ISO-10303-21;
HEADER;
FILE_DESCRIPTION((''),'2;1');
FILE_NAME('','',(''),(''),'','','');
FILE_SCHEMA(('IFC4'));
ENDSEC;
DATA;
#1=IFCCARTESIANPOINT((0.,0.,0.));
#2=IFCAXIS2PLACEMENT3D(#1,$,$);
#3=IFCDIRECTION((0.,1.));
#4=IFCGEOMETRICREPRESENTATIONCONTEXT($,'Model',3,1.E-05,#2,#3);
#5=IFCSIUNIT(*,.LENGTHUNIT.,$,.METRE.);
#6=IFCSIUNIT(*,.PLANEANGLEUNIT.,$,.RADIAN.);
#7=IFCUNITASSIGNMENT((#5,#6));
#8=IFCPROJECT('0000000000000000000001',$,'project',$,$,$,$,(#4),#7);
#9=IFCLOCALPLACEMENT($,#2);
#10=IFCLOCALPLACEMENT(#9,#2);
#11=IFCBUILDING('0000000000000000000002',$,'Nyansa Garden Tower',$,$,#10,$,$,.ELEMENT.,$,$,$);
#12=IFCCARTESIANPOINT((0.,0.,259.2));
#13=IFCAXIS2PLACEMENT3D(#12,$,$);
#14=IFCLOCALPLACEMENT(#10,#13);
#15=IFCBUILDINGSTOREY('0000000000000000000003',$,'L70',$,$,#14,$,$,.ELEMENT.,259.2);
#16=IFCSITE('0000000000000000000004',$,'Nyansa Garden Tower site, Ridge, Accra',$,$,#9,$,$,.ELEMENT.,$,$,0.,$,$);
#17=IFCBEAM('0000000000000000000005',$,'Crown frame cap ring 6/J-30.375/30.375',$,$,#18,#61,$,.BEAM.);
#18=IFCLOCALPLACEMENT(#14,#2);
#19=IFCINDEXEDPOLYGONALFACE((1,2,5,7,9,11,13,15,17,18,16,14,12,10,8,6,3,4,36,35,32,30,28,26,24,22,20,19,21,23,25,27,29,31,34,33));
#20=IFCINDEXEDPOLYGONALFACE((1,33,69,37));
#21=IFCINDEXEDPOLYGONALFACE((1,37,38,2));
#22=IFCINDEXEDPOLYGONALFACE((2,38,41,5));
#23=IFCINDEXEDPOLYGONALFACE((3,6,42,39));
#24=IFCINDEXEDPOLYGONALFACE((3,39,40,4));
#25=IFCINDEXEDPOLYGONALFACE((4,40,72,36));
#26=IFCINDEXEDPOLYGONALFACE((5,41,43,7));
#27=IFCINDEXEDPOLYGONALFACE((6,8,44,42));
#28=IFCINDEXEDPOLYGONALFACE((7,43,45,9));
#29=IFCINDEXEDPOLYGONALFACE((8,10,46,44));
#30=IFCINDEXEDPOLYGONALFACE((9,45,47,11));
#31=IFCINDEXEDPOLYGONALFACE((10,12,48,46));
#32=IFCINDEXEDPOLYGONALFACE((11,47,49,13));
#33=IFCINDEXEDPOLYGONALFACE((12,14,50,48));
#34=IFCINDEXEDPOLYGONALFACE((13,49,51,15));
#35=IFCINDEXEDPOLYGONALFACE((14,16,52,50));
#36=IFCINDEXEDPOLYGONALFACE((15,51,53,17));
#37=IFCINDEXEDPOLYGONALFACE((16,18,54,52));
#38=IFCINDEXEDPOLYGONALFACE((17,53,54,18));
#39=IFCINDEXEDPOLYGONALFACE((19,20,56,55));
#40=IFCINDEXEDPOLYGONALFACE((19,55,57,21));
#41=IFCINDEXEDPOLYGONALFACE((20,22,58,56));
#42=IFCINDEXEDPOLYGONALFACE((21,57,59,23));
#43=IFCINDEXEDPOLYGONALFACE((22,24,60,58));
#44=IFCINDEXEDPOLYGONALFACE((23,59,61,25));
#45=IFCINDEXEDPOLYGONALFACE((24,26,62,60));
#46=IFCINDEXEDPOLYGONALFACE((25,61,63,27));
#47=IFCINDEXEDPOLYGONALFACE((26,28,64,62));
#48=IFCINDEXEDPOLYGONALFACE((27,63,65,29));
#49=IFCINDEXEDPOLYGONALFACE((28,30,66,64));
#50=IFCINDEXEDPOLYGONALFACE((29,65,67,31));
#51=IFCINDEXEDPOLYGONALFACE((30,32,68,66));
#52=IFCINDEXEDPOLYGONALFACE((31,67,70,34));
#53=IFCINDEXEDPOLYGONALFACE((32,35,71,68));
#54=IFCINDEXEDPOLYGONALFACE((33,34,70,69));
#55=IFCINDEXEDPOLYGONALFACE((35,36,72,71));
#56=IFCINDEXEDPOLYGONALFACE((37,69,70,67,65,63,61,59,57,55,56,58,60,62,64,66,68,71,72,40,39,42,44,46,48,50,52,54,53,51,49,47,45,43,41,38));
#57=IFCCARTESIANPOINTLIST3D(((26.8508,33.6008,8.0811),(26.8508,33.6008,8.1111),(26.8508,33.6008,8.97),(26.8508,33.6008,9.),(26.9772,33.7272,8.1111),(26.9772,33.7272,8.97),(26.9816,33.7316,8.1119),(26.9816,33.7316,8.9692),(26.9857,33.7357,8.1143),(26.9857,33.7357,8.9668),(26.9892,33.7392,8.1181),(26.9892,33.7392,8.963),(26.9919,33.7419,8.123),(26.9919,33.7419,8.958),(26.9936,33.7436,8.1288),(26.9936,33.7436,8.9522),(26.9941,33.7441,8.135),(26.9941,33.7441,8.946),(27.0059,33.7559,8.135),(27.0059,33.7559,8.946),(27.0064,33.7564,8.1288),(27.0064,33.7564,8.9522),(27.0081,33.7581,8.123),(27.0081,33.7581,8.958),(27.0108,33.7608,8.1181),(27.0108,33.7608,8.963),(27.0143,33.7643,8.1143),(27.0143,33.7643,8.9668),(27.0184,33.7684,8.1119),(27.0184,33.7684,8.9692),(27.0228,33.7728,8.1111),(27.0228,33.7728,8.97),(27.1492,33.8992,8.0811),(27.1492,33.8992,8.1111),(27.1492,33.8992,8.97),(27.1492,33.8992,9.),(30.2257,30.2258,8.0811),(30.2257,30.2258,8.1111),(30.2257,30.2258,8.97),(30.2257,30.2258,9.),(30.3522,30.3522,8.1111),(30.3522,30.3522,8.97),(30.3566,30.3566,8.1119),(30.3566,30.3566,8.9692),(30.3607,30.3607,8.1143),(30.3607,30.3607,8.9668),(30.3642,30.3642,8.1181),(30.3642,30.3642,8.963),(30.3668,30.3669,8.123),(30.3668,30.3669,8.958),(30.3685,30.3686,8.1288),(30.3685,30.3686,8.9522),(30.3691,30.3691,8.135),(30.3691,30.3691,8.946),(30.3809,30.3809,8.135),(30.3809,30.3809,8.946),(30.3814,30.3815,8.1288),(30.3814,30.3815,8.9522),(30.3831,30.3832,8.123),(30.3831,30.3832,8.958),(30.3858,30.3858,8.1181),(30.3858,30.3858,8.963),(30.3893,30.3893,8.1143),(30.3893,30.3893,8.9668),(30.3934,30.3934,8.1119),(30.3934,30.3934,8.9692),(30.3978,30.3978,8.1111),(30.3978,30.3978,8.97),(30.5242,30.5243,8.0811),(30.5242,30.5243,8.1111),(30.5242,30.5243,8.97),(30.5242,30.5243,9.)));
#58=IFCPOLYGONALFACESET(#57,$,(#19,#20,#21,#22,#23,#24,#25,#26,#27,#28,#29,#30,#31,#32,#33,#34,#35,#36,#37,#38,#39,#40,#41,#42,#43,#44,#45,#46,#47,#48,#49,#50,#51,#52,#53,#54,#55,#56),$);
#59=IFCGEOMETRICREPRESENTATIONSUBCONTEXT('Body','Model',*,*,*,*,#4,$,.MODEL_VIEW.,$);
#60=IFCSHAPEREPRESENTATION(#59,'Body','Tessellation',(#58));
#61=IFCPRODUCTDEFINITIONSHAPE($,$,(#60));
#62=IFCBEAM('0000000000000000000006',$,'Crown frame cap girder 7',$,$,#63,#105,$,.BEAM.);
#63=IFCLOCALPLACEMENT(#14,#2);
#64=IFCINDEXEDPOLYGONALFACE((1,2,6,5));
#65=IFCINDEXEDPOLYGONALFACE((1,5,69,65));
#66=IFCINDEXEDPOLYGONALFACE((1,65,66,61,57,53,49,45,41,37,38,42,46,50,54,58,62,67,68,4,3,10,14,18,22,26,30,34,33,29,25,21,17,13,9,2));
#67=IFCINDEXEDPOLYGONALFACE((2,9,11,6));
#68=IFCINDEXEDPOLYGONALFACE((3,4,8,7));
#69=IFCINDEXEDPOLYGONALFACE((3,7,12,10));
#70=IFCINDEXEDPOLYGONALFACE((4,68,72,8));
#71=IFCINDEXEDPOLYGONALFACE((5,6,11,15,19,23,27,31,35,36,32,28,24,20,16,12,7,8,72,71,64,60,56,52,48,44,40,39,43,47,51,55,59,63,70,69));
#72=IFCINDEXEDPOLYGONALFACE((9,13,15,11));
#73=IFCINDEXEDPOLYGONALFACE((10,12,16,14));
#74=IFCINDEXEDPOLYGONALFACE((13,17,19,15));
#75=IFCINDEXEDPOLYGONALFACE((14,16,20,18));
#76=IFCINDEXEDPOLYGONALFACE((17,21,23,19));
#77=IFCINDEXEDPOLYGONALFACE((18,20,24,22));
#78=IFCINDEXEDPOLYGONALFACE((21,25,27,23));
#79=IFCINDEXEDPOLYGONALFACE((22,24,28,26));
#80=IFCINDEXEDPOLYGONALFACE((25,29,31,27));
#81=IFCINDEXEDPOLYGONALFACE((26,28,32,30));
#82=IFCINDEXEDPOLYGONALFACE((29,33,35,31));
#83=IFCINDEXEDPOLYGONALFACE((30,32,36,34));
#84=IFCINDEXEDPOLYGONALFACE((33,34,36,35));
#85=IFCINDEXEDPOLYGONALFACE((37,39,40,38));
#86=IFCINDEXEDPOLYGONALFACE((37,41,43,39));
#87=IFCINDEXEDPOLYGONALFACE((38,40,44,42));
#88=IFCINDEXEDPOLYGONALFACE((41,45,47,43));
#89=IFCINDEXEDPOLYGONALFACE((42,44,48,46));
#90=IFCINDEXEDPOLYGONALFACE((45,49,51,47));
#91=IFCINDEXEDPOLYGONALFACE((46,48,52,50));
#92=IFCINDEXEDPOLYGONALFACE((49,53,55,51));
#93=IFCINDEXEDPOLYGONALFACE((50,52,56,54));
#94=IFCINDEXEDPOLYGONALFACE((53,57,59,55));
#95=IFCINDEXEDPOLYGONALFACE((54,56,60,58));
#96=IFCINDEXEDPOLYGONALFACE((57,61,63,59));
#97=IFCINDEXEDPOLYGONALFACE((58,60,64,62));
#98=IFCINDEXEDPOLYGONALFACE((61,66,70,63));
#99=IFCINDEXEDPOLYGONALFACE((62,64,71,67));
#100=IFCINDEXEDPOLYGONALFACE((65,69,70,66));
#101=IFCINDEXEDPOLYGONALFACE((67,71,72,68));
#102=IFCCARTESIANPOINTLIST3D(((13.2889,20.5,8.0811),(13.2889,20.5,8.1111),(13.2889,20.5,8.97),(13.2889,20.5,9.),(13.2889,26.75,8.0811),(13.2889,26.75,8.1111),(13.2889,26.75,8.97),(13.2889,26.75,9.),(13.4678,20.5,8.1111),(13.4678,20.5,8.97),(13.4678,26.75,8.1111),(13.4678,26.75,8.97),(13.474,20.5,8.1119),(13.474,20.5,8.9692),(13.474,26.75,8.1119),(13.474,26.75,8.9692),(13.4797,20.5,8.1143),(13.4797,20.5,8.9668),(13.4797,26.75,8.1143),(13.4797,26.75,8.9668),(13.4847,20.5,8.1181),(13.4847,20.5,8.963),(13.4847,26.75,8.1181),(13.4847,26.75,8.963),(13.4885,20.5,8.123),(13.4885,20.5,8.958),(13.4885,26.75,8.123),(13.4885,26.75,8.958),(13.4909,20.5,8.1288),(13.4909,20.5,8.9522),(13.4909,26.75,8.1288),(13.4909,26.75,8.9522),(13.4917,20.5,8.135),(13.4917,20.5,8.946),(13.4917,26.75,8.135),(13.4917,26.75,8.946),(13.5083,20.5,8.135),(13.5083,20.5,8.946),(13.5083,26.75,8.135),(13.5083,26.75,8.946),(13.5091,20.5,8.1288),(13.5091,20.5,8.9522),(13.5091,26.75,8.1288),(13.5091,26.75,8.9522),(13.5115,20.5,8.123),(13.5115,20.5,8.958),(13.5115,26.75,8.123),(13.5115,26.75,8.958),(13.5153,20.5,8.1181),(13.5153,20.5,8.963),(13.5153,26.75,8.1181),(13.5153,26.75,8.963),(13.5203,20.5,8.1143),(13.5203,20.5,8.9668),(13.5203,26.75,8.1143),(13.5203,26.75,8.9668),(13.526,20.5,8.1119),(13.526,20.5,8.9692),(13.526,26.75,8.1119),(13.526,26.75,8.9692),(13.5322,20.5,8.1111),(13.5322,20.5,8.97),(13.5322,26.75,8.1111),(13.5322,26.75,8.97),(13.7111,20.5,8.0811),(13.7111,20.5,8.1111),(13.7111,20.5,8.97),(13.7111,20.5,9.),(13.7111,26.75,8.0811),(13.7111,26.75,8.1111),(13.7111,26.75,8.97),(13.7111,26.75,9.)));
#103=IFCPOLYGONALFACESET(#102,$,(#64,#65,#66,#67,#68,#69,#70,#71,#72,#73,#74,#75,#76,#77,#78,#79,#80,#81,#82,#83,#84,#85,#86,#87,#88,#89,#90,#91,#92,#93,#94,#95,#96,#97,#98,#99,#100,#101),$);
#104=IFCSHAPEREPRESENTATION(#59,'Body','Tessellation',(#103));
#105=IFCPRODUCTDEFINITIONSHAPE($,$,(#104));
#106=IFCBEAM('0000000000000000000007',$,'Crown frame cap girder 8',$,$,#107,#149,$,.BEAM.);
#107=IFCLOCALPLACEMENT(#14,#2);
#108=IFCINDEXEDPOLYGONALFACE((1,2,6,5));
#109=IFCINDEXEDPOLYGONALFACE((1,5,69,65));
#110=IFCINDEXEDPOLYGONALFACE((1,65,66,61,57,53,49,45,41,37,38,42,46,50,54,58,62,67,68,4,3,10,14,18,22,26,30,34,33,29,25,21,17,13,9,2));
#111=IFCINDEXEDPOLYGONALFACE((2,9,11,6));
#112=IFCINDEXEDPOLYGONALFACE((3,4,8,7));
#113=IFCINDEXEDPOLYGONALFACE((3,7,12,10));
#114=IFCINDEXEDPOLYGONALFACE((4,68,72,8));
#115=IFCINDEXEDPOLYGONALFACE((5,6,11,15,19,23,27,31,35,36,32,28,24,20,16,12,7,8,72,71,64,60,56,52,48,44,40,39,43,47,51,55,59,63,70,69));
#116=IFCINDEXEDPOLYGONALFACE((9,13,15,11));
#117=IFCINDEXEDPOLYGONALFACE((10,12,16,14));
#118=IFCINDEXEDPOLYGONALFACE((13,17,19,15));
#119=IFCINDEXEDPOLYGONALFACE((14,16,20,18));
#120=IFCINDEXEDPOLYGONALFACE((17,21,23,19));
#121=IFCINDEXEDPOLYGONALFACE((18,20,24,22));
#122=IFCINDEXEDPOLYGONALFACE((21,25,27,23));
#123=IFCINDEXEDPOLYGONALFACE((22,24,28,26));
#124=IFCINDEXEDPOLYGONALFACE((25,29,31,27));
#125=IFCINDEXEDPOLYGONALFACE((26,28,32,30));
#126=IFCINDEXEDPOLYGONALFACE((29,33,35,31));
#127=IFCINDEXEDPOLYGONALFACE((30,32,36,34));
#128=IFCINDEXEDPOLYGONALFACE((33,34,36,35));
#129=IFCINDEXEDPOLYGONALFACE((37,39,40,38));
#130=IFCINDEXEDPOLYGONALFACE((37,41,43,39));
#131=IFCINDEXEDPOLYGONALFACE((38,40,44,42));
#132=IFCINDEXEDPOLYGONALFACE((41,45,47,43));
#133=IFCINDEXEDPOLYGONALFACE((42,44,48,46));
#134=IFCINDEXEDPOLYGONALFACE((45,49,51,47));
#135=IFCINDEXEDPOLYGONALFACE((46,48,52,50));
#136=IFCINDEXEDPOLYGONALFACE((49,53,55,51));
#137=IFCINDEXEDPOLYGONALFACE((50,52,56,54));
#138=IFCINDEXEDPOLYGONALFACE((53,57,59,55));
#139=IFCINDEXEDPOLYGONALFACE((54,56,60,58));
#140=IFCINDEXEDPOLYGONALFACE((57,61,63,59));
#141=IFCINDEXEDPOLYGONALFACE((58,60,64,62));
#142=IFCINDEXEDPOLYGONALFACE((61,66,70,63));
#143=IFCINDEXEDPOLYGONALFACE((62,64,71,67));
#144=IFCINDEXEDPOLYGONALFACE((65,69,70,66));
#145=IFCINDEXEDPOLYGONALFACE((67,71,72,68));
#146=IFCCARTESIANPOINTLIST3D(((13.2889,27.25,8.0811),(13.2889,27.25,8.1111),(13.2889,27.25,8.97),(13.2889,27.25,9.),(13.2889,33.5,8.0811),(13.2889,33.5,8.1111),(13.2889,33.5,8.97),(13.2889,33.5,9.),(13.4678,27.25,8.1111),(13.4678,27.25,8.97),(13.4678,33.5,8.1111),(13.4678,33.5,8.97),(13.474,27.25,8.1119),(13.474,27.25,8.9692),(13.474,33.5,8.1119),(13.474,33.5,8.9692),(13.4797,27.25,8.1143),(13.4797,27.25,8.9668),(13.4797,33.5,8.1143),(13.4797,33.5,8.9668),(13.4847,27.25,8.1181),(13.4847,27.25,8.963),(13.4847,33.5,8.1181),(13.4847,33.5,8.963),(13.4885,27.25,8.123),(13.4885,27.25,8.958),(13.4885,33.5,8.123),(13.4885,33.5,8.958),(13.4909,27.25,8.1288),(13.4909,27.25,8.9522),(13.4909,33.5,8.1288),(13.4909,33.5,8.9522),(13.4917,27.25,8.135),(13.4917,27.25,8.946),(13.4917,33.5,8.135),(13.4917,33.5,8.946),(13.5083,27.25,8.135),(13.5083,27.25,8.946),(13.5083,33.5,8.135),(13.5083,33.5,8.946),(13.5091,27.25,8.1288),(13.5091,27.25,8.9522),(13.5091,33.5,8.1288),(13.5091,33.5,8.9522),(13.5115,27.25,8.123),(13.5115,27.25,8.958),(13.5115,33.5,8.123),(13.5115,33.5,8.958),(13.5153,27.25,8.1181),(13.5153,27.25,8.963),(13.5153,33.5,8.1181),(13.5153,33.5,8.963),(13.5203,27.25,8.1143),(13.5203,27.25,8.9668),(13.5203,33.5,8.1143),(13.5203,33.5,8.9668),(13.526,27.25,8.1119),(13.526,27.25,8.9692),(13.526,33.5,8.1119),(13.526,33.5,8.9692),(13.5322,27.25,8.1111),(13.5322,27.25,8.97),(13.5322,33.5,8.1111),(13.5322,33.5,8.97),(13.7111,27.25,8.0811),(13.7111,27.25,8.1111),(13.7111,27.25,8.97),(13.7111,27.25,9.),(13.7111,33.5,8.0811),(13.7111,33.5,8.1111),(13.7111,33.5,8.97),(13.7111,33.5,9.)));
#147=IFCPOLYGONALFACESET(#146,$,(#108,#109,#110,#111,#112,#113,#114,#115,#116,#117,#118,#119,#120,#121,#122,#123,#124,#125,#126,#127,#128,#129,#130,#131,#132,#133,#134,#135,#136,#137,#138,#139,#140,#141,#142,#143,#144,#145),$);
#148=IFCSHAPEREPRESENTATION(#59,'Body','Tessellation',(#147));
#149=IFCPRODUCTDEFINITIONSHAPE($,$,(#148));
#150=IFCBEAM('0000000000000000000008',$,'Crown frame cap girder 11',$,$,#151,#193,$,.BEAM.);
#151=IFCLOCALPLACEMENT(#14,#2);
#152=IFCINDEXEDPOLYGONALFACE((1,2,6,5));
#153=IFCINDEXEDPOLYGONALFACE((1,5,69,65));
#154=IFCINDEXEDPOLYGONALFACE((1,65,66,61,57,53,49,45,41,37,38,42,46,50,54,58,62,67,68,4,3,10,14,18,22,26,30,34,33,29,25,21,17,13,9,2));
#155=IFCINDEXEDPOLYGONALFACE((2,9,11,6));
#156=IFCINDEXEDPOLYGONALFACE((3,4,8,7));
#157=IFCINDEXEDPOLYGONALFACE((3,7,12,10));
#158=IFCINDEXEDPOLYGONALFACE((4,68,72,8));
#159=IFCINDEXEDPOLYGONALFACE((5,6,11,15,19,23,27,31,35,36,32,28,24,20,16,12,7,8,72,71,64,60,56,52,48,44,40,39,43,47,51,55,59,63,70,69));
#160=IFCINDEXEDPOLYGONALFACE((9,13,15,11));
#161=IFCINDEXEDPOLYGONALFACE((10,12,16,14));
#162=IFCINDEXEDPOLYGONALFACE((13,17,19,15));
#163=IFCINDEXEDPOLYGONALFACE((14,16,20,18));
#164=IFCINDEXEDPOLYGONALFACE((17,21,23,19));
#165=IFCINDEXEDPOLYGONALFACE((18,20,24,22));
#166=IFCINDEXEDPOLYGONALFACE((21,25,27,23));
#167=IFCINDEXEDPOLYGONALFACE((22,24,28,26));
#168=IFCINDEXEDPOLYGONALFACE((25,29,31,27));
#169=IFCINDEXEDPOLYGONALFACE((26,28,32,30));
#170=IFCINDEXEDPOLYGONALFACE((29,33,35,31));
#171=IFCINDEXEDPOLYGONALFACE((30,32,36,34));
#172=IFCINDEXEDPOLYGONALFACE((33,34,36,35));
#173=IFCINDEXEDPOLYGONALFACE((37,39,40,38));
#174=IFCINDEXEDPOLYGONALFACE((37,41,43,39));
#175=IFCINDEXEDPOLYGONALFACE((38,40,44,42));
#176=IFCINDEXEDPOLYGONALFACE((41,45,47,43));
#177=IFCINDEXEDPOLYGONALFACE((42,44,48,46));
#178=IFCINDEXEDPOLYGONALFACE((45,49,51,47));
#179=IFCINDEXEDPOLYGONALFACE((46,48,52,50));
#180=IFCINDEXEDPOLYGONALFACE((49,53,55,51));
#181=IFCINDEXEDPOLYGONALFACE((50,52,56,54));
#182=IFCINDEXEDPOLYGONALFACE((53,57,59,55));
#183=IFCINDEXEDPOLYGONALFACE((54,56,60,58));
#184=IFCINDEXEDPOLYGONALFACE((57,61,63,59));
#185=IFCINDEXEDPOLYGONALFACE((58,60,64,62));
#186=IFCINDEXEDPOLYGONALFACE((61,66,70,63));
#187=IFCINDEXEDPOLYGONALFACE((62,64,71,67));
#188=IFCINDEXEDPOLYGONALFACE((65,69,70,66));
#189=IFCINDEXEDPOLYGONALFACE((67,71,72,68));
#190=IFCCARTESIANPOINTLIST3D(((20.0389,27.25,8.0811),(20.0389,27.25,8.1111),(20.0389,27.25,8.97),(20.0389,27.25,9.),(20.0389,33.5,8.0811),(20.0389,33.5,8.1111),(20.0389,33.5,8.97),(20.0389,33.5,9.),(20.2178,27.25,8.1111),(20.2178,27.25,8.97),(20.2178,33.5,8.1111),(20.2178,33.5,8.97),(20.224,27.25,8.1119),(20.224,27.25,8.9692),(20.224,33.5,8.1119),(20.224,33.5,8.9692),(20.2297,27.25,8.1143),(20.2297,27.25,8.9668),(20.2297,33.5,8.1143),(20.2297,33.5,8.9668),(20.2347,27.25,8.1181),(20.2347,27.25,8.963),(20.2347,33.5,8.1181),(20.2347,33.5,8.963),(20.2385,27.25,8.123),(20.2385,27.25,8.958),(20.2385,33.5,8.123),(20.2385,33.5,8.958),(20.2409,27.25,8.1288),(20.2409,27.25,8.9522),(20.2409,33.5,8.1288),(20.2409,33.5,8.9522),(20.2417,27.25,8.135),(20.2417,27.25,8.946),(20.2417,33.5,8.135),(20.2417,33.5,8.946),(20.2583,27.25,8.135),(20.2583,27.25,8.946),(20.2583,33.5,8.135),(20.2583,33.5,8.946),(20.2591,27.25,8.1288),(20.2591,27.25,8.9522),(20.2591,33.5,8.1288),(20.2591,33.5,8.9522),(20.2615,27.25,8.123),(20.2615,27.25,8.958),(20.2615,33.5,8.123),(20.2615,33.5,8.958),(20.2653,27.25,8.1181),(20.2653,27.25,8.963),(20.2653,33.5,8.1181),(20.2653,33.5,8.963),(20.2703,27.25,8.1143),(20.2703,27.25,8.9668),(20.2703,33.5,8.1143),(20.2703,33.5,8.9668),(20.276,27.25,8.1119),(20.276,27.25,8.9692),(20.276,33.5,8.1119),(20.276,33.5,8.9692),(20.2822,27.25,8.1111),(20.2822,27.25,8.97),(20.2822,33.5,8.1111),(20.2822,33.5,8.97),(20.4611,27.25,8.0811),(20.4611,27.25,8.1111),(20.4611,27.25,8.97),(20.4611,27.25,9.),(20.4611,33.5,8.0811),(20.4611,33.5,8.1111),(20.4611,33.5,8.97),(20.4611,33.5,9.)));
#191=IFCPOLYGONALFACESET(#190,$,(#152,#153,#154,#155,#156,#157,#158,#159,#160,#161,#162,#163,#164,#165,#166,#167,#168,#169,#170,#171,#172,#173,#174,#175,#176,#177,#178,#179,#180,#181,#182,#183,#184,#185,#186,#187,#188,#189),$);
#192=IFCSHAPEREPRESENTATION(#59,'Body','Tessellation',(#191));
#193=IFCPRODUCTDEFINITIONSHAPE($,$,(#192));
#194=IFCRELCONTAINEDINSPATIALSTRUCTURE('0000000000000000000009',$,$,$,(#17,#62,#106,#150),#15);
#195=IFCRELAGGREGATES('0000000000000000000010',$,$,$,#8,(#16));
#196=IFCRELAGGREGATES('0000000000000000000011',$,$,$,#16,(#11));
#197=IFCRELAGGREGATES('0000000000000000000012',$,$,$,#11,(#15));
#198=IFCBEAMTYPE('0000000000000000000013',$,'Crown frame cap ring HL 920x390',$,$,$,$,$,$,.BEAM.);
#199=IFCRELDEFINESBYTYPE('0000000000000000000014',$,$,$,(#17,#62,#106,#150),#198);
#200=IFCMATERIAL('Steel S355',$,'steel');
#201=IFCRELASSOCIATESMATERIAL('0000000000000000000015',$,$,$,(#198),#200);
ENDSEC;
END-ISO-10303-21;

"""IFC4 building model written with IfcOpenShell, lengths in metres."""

from ifc_helpers import new_model, si_unit, direction, frame, origin, origin_2d, place, context, subcontext, project, spatial, i_section, extrude, material, material_profile, profile_set, type_object, element, save


model = new_model("IFC4")

# Units and contexts
model_context = context("Model", 3, precision=1e-05, world=origin(), true_north=direction((0.0, 1.0)))
body_context = subcontext(model_context, "Body", "Model", "MODEL_VIEW")
ifc_project = project(units=[si_unit("LENGTHUNIT", "METRE"), si_unit("PLANEANGLEUNIT", "RADIAN")], contexts=[model_context])

# Site, building, storey
site_placement = place(None, origin())
site = spatial("IfcSite", under=ifc_project, at=site_placement, Name="Nyansa Garden Tower site, Ridge, Accra", CompositionType="ELEMENT", RefElevation=0.0)
building_placement = place(site_placement, origin())
building = spatial("IfcBuilding", under=site, at=building_placement, Name="Nyansa Garden Tower", CompositionType="ELEMENT")
storey_placement = place(building_placement, frame((0.0, 0.0, 259.2)))
storey = spatial("IfcBuildingStorey", under=building, at=storey_placement, Name="L70", CompositionType="ELEMENT", Elevation=259.2)

# Beams
ifc_material_1 = material(Name="Steel S355", Category="steel")
ifc_material_profile_1 = material_profile(ifc_material_1, i_section(OverallWidth=0.4221, OverallDepth=0.9189, WebThickness=0.0166, FlangeThickness=0.03, FilletRadius=0.0239, at=origin_2d()), Name="HL 920x390")
ifc_profile_set_1 = profile_set([ifc_material_profile_1], Name="Steel S355")
beam_type_1 = type_object("IfcBeamType", Name="Crown frame cap ring HL 920x390", PredefinedType="BEAM", material=ifc_profile_set_1)
beam_1_placement = place(storey_placement, frame((27.0, 33.75, 8.5405), z_axis=(0.707107, -0.707107, 0.0), x_axis=(0.707107, 0.707107, 0.0)))
element("IfcBeam", 1, at=beam_1_placement, inside=storey, type_object=beam_type_1, Name="Crown frame cap ring 6/J-30.375/30.375", PredefinedType="BEAM", context=body_context, shape_type="SweptSolid", body=[
    extrude(i_section(OverallWidth=0.4221, OverallDepth=0.9189, WebThickness=0.0166, FlangeThickness=0.03, FilletRadius=0.0239, at=origin_2d()), origin(), (0.0, 0.0, 1.0), 4.7729),
])
for number, where, z_axis, x_axis, name in (
    (2, (13.5, 20.5, 8.5405), (0.0, 1.0, 0.0), (-1.0, 0.0, 0.0), "Crown frame cap girder 7"),
    (3, (13.5, 27.25, 8.5405), (0.0, 1.0, 0.0), (-1.0, 0.0, 0.0), "Crown frame cap girder 8"),
    (4, (20.25, 27.25, 8.5405), (0.0, 1.0, 0.0), (-1.0, 0.0, 0.0), "Crown frame cap girder 11"),
):
    element("IfcBeam", number, at=place(storey_placement, frame(where, z_axis=z_axis, x_axis=x_axis)), inside=storey, type_object=beam_type_1, Name=name, PredefinedType="BEAM", context=body_context, shape_type="SweptSolid", body=[
        extrude(i_section(OverallWidth=0.4221, OverallDepth=0.9189, WebThickness=0.0166, FlangeThickness=0.03, FilletRadius=0.0239, at=origin_2d()), origin(), (0.0, 0.0, 1.0), 6.25),
    ])

save(model, "model.ifc")
